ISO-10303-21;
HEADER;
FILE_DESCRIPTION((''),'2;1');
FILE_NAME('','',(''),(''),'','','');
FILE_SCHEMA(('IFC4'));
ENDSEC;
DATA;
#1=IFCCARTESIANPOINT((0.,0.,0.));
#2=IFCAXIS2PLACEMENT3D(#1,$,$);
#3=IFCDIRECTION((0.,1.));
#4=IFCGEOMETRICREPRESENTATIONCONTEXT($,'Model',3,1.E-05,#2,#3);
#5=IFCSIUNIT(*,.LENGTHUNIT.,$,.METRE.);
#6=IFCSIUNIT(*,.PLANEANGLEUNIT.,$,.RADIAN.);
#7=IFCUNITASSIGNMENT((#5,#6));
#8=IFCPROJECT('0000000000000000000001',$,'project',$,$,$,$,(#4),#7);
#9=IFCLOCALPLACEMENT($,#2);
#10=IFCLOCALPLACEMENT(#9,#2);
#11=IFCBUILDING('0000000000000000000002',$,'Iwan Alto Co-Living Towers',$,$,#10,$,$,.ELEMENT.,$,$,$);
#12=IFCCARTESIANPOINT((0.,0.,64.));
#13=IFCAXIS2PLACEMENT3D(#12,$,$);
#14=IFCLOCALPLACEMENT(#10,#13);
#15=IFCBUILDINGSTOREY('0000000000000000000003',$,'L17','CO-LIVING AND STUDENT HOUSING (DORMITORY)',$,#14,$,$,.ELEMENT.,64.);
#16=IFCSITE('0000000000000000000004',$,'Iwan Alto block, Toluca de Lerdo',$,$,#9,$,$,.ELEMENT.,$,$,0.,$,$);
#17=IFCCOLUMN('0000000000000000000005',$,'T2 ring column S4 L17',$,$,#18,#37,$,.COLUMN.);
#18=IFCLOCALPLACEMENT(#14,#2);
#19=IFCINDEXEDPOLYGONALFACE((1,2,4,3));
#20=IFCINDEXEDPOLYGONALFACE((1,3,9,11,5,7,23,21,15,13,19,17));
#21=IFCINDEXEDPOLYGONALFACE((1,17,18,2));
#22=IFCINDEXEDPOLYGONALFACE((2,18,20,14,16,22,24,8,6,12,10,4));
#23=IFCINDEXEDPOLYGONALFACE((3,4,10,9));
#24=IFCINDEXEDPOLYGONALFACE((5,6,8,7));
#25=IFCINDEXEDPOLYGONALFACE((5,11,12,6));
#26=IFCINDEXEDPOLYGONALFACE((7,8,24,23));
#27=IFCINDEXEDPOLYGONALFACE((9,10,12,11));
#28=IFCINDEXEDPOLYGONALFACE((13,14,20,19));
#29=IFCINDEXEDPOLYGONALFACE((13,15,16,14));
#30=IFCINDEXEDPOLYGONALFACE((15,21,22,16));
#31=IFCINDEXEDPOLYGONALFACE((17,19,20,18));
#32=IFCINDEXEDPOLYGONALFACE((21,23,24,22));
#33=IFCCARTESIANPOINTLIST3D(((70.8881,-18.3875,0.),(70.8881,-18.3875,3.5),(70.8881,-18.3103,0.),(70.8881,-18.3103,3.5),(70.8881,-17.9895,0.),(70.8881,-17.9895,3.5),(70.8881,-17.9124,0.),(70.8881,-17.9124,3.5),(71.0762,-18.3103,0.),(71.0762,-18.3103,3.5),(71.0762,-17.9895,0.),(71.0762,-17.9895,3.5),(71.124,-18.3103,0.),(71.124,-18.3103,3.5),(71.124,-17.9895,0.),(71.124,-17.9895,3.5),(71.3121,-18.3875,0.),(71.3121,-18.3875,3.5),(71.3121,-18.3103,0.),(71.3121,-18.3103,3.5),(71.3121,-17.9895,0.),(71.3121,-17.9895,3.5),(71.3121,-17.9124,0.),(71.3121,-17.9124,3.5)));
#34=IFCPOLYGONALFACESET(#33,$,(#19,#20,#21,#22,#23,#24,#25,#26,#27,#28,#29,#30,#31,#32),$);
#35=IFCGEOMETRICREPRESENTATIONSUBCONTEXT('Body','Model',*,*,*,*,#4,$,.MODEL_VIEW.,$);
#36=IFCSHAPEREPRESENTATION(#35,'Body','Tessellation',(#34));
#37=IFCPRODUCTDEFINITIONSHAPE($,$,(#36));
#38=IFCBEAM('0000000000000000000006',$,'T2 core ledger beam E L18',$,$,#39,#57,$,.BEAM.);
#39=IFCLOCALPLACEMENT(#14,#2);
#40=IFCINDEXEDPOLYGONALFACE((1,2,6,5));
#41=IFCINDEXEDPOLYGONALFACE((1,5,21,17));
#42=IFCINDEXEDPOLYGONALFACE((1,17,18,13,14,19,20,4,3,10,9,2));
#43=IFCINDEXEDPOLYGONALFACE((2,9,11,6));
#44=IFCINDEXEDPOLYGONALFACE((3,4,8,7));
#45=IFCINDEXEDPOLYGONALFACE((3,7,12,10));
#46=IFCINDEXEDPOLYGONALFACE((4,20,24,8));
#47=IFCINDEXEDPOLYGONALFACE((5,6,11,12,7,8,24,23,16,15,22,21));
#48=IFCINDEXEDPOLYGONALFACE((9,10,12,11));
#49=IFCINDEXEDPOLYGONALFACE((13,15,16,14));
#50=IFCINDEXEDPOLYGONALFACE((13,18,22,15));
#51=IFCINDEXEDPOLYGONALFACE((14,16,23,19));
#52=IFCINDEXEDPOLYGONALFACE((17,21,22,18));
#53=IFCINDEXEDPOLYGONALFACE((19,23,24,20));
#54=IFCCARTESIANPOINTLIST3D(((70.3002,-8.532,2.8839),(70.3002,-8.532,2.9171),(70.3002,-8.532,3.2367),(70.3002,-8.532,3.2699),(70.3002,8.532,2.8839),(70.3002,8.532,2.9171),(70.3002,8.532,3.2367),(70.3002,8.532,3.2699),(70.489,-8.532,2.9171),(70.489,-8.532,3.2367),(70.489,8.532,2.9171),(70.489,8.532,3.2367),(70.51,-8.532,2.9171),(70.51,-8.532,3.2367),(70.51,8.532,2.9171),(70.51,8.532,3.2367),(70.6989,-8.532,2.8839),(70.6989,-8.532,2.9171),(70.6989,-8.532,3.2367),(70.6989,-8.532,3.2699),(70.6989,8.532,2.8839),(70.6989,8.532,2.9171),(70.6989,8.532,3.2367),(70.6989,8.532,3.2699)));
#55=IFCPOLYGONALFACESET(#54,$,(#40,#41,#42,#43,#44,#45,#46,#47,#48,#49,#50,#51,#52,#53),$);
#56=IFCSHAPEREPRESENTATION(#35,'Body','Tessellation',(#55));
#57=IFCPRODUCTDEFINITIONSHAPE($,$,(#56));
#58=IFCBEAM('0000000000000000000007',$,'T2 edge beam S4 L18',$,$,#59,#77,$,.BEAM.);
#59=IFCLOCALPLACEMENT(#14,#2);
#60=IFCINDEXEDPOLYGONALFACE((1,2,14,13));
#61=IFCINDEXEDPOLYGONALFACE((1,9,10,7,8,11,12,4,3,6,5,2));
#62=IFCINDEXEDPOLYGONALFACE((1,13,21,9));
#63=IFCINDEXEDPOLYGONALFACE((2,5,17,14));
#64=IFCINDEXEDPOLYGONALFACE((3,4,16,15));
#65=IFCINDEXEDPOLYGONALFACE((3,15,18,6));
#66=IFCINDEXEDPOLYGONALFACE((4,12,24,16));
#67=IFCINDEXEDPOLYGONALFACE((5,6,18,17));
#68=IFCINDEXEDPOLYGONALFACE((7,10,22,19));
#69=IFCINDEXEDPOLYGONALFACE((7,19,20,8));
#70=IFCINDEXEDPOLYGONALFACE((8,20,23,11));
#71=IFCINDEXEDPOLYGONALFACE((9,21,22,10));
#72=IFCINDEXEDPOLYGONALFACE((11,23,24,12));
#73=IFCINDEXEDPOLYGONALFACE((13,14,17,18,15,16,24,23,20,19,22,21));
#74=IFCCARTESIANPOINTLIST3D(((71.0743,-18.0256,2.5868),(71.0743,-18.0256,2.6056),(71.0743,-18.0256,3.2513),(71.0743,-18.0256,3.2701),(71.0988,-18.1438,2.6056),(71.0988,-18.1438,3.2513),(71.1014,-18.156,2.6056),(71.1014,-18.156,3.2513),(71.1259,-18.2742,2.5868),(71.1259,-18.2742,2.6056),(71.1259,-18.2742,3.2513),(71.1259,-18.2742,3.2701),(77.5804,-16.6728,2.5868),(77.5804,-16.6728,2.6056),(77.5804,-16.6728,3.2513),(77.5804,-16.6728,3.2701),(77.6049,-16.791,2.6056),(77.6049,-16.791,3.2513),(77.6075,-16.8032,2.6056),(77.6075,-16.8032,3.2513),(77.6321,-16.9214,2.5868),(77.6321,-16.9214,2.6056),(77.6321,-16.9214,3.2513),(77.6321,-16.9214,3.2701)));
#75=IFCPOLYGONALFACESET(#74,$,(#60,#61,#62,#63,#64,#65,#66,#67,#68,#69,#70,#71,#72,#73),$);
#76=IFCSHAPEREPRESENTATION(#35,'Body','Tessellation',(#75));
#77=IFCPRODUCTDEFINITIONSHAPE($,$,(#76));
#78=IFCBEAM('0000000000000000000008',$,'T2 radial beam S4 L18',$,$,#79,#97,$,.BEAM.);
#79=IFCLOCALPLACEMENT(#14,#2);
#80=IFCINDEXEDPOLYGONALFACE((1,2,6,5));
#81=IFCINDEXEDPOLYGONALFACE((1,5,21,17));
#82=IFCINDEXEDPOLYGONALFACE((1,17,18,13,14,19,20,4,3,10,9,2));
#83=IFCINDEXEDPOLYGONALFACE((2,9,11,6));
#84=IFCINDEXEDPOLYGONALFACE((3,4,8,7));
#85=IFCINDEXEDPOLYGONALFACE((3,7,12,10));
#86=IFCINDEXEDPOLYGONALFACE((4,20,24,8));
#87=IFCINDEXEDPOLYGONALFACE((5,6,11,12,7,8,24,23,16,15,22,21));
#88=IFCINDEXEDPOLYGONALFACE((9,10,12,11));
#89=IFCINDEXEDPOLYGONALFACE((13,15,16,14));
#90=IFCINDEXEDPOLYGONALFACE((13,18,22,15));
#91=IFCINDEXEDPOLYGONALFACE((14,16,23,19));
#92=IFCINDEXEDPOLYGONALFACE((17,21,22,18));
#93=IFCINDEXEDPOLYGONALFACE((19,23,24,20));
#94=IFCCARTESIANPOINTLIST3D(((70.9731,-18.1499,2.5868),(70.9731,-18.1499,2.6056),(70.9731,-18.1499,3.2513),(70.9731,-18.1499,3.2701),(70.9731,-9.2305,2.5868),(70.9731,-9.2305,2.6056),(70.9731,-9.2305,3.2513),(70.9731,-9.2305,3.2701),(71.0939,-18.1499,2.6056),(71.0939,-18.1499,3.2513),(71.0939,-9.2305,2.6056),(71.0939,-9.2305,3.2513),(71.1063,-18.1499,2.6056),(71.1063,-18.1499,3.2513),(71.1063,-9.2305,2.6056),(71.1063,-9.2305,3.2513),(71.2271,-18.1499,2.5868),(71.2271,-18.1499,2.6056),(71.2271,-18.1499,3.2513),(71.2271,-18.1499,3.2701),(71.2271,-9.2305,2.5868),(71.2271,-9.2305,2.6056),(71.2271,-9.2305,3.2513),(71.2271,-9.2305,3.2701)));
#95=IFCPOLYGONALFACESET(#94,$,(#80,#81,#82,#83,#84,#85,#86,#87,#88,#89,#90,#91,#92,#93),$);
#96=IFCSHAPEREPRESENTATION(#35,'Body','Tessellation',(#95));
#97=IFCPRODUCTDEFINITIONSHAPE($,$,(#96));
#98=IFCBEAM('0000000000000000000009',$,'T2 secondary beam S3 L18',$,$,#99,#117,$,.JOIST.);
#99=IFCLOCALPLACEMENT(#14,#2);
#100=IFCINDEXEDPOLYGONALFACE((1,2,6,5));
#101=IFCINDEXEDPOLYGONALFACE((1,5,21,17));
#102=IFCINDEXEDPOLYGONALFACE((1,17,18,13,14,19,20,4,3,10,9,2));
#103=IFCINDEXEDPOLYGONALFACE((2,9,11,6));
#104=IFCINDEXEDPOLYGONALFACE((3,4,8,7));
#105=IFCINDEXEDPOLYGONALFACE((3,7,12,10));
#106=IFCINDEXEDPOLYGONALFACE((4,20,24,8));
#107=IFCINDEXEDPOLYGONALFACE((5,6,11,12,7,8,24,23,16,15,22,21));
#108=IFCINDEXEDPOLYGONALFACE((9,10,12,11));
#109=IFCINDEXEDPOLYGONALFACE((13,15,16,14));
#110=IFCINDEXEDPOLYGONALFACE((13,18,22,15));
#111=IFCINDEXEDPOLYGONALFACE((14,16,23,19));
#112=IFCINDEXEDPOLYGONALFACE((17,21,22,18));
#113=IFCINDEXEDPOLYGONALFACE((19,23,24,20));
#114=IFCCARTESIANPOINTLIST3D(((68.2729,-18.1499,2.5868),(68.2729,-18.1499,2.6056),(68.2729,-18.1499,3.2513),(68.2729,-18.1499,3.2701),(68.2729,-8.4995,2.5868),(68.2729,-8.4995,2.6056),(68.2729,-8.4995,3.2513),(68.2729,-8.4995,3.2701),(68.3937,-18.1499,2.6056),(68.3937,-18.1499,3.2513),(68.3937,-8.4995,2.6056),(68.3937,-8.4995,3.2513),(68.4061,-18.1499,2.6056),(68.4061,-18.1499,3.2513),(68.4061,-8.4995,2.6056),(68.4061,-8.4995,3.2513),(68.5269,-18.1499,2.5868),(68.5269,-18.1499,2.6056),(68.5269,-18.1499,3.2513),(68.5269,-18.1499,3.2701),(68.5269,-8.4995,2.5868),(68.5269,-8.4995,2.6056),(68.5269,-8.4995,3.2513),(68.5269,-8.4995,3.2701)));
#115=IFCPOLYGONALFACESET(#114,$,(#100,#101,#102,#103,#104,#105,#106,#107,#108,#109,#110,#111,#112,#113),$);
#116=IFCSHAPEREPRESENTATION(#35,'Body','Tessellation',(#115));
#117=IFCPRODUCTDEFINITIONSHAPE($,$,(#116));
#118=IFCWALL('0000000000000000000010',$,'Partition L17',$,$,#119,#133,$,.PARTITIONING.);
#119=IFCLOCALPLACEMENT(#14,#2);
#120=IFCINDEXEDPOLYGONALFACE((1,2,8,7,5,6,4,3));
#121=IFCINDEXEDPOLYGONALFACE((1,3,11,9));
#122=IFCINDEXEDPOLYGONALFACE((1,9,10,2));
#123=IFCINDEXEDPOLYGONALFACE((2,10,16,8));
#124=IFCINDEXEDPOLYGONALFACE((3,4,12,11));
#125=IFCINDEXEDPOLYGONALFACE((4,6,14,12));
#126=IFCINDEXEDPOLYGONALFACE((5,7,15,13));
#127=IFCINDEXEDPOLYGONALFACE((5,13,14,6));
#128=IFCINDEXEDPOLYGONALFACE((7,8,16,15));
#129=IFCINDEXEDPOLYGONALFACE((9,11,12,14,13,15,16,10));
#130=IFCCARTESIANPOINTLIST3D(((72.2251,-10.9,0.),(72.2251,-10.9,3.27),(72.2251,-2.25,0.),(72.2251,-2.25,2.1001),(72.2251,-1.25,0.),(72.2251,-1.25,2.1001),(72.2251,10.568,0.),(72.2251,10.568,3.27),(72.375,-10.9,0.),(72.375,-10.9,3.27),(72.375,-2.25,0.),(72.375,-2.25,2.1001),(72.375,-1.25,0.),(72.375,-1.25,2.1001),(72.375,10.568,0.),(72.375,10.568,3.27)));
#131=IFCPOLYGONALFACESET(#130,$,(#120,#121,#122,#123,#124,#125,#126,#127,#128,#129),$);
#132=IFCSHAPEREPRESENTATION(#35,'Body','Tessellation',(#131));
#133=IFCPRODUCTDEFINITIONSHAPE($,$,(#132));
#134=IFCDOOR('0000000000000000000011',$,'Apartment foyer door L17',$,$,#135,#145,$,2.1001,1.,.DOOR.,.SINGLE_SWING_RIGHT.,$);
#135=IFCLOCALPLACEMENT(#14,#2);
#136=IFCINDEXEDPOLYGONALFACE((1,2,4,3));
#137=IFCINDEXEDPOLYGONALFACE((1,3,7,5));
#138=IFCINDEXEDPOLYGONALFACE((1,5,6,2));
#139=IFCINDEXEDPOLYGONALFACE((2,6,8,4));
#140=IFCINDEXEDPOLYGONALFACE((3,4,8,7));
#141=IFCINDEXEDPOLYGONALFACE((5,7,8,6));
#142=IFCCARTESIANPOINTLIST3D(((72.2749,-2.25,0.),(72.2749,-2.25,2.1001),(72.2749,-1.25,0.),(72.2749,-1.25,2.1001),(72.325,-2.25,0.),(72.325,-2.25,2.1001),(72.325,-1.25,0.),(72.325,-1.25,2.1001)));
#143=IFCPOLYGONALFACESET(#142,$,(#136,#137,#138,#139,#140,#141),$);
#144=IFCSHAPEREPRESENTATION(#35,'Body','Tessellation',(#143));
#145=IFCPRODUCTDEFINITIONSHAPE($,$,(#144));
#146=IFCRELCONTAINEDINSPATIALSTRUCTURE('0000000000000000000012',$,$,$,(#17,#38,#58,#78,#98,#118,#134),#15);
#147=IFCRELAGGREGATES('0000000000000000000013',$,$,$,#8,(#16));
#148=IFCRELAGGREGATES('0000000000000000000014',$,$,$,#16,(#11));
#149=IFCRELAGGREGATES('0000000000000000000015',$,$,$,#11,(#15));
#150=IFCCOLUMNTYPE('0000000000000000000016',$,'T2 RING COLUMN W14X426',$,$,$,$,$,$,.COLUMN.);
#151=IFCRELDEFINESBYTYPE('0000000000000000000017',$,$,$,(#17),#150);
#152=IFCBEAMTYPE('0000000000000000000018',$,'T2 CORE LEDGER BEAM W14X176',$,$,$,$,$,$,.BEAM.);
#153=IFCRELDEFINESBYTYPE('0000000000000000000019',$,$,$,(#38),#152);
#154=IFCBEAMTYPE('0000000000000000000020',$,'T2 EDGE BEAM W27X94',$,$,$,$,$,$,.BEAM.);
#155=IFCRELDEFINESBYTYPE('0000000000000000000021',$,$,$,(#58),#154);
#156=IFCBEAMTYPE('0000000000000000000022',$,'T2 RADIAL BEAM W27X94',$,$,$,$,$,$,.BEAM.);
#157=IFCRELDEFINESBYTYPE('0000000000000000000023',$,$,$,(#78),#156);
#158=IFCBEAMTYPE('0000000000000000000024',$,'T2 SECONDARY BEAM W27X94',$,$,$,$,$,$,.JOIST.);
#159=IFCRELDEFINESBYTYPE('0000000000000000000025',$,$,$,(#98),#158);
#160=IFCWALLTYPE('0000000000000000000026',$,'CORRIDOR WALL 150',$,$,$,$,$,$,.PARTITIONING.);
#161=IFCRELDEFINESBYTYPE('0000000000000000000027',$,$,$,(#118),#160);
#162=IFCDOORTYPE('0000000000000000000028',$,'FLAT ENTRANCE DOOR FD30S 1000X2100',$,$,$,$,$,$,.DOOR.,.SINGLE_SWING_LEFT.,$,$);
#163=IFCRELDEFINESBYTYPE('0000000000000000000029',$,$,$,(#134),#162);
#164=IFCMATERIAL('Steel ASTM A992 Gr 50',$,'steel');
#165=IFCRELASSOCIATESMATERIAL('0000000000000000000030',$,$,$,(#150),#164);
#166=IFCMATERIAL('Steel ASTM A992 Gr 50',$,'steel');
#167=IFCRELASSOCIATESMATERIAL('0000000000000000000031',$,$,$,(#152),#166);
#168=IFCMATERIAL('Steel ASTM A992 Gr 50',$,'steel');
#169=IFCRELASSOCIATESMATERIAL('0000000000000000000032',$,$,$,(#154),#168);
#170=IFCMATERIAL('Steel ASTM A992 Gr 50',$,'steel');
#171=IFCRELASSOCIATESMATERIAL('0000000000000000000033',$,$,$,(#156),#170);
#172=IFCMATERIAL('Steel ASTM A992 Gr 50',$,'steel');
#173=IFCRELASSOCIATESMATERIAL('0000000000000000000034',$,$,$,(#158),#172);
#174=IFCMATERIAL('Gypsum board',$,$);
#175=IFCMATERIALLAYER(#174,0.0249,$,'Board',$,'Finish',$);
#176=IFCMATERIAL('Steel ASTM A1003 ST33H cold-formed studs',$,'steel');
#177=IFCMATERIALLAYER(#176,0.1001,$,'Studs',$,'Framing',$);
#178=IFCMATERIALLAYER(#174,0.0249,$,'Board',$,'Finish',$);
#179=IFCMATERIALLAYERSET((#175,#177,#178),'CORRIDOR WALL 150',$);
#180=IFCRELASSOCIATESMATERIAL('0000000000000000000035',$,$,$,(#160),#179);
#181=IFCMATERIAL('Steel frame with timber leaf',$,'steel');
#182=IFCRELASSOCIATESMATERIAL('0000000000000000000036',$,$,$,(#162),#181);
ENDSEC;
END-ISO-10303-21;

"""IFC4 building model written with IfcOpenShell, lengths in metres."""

from ifc_helpers import new_model, si_unit, direction, frame, frame_2d, origin, origin_2d, place, context, subcontext, project, spatial, rectangle, i_section, extrude, material, layer, layer_set, material_profile, profile_set, type_object, element, fill, save


model = new_model("IFC4")

# Units and contexts
model_context = context("Model", 3, precision=1e-05, world=origin(), true_north=direction((0.0, 1.0)))
body_context = subcontext(model_context, "Body", "Model", "MODEL_VIEW")
ifc_project = project(units=[si_unit("LENGTHUNIT", "METRE"), si_unit("PLANEANGLEUNIT", "RADIAN")], contexts=[model_context])

# Site, building, storey
site_placement = place(None, origin())
site = spatial("IfcSite", under=ifc_project, at=site_placement, Name="Iwan Alto block, Toluca de Lerdo", CompositionType="ELEMENT", RefElevation=0.0)
building_placement = place(site_placement, origin())
building = spatial("IfcBuilding", under=site, at=building_placement, Name="Iwan Alto Co-Living Towers", CompositionType="ELEMENT")
storey_placement = place(building_placement, frame((0.0, 0.0, 64.0)))
storey = spatial("IfcBuildingStorey", under=building, at=storey_placement, Name="L17", Description="CO-LIVING AND STUDENT HOUSING (DORMITORY)", CompositionType="ELEMENT", Elevation=64.0)

# Column
ifc_material_1 = material(Name="Steel ASTM A992 Gr 50", Category="steel")
ifc_material_profile_1 = material_profile(ifc_material_1, i_section(OverallWidth=0.4241, OverallDepth=0.4751, WebThickness=0.0479, FlangeThickness=0.0771, at=origin_2d()), Name="W14X426")
ifc_profile_set_1 = profile_set([ifc_material_profile_1], Name="Steel ASTM A992 Gr 50")
column_type = type_object("IfcColumnType", Name="T2 RING COLUMN W14X426", PredefinedType="COLUMN", material=ifc_profile_set_1)
column_placement = place(storey_placement, frame((71.1001, -18.1499, 0.0), z_axis=(0.0, 0.0, 1.0), x_axis=(1.0, 0.0, 0.0)))
element("IfcColumn", 1, at=column_placement, inside=storey, type_object=column_type, Name="T2 ring column S4 L17", PredefinedType="COLUMN", context=body_context, shape_type="SweptSolid", body=[
    extrude(i_section(OverallWidth=0.4241, OverallDepth=0.4751, WebThickness=0.0479, FlangeThickness=0.0771, at=origin_2d()), origin(), (0.0, 0.0, 1.0), 3.5),
])

# Beams
ifc_material_2 = material(Name="Steel ASTM A992 Gr 50", Category="steel")
ifc_material_profile_2 = material_profile(ifc_material_2, i_section(OverallWidth=0.3987, OverallDepth=0.386, WebThickness=0.021, FlangeThickness=0.0332, at=origin_2d()), Name="W14X176")
ifc_profile_set_2 = profile_set([ifc_material_profile_2], Name="Steel ASTM A992 Gr 50")
beam_type_1 = type_object("IfcBeamType", Name="T2 CORE LEDGER BEAM W14X176", PredefinedType="BEAM", material=ifc_profile_set_2)
beam_1_placement = place(storey_placement, frame((70.4995, -8.532, 3.0769), z_axis=(0.0, 1.0, 0.0), x_axis=(-1.0, 0.0, 0.0)))
element("IfcBeam", 2, at=beam_1_placement, inside=storey, type_object=beam_type_1, Name="T2 core ledger beam E L18", PredefinedType="BEAM", context=body_context, shape_type="SweptSolid", body=[
    extrude(i_section(OverallWidth=0.3987, OverallDepth=0.386, WebThickness=0.021, FlangeThickness=0.0332, at=origin_2d()), origin(), (0.0, 0.0, 1.0), 17.064),
])
ifc_material_3 = material(Name="Steel ASTM A992 Gr 50", Category="steel")
ifc_material_profile_3 = material_profile(ifc_material_3, i_section(OverallWidth=0.2539, OverallDepth=0.6833, WebThickness=0.0125, FlangeThickness=0.0188, at=origin_2d()), Name="W27X94")
ifc_profile_set_3 = profile_set([ifc_material_profile_3], Name="Steel ASTM A992 Gr 50")
beam_type_2 = type_object("IfcBeamType", Name="T2 EDGE BEAM W27X94", PredefinedType="BEAM", material=ifc_profile_set_3)
beam_2_placement = place(storey_placement, frame((71.1001, -18.1499, 2.9285), z_axis=(0.97906, 0.203571, 0.0), x_axis=(-0.203571, 0.97906, 0.0)))
element("IfcBeam", 3, at=beam_2_placement, inside=storey, type_object=beam_type_2, Name="T2 edge beam S4 L18", PredefinedType="BEAM", context=body_context, shape_type="SweptSolid", body=[
    extrude(i_section(OverallWidth=0.2539, OverallDepth=0.6833, WebThickness=0.0125, FlangeThickness=0.0188, at=origin_2d()), origin(), (0.0, 0.0, 1.0), 6.6453),
])
ifc_material_4 = material(Name="Steel ASTM A992 Gr 50", Category="steel")
ifc_material_profile_4 = material_profile(ifc_material_4, i_section(OverallWidth=0.2539, OverallDepth=0.6833, WebThickness=0.0125, FlangeThickness=0.0188, at=origin_2d()), Name="W27X94")
ifc_profile_set_4 = profile_set([ifc_material_profile_4], Name="Steel ASTM A992 Gr 50")
beam_type_3 = type_object("IfcBeamType", Name="T2 RADIAL BEAM W27X94", PredefinedType="BEAM", material=ifc_profile_set_4)
beam_3_placement = place(storey_placement, frame((71.1001, -18.1499, 2.9285), z_axis=(0.0, 1.0, 0.0), x_axis=(-1.0, 0.0, 0.0)))
element("IfcBeam", 4, at=beam_3_placement, inside=storey, type_object=beam_type_3, Name="T2 radial beam S4 L18", PredefinedType="BEAM", context=body_context, shape_type="SweptSolid", body=[
    extrude(i_section(OverallWidth=0.2539, OverallDepth=0.6833, WebThickness=0.0125, FlangeThickness=0.0188, at=origin_2d()), origin(), (0.0, 0.0, 1.0), 8.9194),
])
ifc_material_5 = material(Name="Steel ASTM A992 Gr 50", Category="steel")
ifc_material_profile_5 = material_profile(ifc_material_5, i_section(OverallWidth=0.2539, OverallDepth=0.6833, WebThickness=0.0125, FlangeThickness=0.0188, at=origin_2d()), Name="W27X94")
ifc_profile_set_5 = profile_set([ifc_material_profile_5], Name="Steel ASTM A992 Gr 50")
beam_type_4 = type_object("IfcBeamType", Name="T2 SECONDARY BEAM W27X94", PredefinedType="JOIST", material=ifc_profile_set_5)
beam_4_placement = place(storey_placement, frame((68.3999, -18.1499, 2.9285), z_axis=(0.0, 1.0, 0.0), x_axis=(-1.0, 0.0, 0.0)))
element("IfcBeam", 5, at=beam_4_placement, inside=storey, type_object=beam_type_4, Name="T2 secondary beam S3 L18", PredefinedType="JOIST", context=body_context, shape_type="SweptSolid", body=[
    extrude(i_section(OverallWidth=0.2539, OverallDepth=0.6833, WebThickness=0.0125, FlangeThickness=0.0188, at=origin_2d()), origin(), (0.0, 0.0, 1.0), 9.6504),
])

# Wall, opening, door
ifc_material_6 = material(Name="Gypsum board")
ifc_layer_1 = layer(ifc_material_6, 0.0249, Name="Board", Category="Finish")
ifc_material_7 = material(Name="Steel ASTM A1003 ST33H cold-formed studs", Category="steel")
ifc_layer_2 = layer(ifc_material_7, 0.1001, Name="Studs", Category="Framing")
ifc_layer_3 = layer(ifc_material_6, 0.0249, Name="Board", Category="Finish")
ifc_layer_set_1 = layer_set([ifc_layer_1, ifc_layer_2, ifc_layer_3], Name="CORRIDOR WALL 150")
wall_type_1 = type_object("IfcWallType", Name="CORRIDOR WALL 150", PredefinedType="PARTITIONING", material=ifc_layer_set_1)
wall_1_placement = place(storey_placement, frame((72.3, -10.8999, 0.0), z_axis=(0.0, 0.0, 1.0), x_axis=(0.0, 1.0, 0.0)))
wall_1 = element("IfcWall", 6, at=wall_1_placement, inside=storey, type_object=wall_type_1, Name="Partition L17", PredefinedType="PARTITIONING", context=body_context, shape_type="SweptSolid", body=[
    extrude(rectangle(XDim=21.468, YDim=0.1499, at=frame_2d((10.7339, 0.0))), origin(), (0.0, 0.0, 1.0), 3.27),
])
opening_1_placement = place(wall_1_placement, frame((8.6499, 0.0, 0.0)))
opening_1 = element("IfcOpeningElement", 7, at=opening_1_placement, cuts=wall_1, PredefinedType="OPENING", context=body_context, shape_type="SweptSolid", body=[
    extrude(rectangle(XDim=1.0, YDim=2.1001, at=frame_2d((0.5, 1.05))), frame((0.0, 0.085, 0.0), z_axis=(0.0, -1.0, 0.0), x_axis=(1.0, 0.0, 0.0)), (0.0, 0.0, 1.0), 0.1699),
])
ifc_material_8 = material(Name="Steel frame with timber leaf", Category="steel")
door_type_1 = type_object("IfcDoorType", Name="FLAT ENTRANCE DOOR FD30S 1000X2100", OperationType="SINGLE_SWING_LEFT", PredefinedType="DOOR", material=ifc_material_8)
door_1_placement = place(opening_1_placement, frame((1.0, 0.0, 0.0), z_axis=(0.0, 0.0, 1.0), x_axis=(-1.0, 0.0, 0.0)))
door_1 = element("IfcDoor", 8, at=door_1_placement, inside=storey, type_object=door_type_1, Name="Apartment foyer door L17", OperationType="SINGLE_SWING_RIGHT", OverallHeight=2.1001, OverallWidth=1.0, PredefinedType="DOOR", context=body_context, shape_type="SweptSolid", body=[
    extrude(rectangle(XDim=1.0, YDim=2.1001, at=frame_2d((0.5, 1.05))), frame((0.0, 0.0249, 0.0), z_axis=(0.0, -1.0, 0.0), x_axis=(1.0, 0.0, 0.0)), (0.0, 0.0, 1.0), 0.05),
])
fill(opening_1, door_1)

save(model, "model.ifc")
